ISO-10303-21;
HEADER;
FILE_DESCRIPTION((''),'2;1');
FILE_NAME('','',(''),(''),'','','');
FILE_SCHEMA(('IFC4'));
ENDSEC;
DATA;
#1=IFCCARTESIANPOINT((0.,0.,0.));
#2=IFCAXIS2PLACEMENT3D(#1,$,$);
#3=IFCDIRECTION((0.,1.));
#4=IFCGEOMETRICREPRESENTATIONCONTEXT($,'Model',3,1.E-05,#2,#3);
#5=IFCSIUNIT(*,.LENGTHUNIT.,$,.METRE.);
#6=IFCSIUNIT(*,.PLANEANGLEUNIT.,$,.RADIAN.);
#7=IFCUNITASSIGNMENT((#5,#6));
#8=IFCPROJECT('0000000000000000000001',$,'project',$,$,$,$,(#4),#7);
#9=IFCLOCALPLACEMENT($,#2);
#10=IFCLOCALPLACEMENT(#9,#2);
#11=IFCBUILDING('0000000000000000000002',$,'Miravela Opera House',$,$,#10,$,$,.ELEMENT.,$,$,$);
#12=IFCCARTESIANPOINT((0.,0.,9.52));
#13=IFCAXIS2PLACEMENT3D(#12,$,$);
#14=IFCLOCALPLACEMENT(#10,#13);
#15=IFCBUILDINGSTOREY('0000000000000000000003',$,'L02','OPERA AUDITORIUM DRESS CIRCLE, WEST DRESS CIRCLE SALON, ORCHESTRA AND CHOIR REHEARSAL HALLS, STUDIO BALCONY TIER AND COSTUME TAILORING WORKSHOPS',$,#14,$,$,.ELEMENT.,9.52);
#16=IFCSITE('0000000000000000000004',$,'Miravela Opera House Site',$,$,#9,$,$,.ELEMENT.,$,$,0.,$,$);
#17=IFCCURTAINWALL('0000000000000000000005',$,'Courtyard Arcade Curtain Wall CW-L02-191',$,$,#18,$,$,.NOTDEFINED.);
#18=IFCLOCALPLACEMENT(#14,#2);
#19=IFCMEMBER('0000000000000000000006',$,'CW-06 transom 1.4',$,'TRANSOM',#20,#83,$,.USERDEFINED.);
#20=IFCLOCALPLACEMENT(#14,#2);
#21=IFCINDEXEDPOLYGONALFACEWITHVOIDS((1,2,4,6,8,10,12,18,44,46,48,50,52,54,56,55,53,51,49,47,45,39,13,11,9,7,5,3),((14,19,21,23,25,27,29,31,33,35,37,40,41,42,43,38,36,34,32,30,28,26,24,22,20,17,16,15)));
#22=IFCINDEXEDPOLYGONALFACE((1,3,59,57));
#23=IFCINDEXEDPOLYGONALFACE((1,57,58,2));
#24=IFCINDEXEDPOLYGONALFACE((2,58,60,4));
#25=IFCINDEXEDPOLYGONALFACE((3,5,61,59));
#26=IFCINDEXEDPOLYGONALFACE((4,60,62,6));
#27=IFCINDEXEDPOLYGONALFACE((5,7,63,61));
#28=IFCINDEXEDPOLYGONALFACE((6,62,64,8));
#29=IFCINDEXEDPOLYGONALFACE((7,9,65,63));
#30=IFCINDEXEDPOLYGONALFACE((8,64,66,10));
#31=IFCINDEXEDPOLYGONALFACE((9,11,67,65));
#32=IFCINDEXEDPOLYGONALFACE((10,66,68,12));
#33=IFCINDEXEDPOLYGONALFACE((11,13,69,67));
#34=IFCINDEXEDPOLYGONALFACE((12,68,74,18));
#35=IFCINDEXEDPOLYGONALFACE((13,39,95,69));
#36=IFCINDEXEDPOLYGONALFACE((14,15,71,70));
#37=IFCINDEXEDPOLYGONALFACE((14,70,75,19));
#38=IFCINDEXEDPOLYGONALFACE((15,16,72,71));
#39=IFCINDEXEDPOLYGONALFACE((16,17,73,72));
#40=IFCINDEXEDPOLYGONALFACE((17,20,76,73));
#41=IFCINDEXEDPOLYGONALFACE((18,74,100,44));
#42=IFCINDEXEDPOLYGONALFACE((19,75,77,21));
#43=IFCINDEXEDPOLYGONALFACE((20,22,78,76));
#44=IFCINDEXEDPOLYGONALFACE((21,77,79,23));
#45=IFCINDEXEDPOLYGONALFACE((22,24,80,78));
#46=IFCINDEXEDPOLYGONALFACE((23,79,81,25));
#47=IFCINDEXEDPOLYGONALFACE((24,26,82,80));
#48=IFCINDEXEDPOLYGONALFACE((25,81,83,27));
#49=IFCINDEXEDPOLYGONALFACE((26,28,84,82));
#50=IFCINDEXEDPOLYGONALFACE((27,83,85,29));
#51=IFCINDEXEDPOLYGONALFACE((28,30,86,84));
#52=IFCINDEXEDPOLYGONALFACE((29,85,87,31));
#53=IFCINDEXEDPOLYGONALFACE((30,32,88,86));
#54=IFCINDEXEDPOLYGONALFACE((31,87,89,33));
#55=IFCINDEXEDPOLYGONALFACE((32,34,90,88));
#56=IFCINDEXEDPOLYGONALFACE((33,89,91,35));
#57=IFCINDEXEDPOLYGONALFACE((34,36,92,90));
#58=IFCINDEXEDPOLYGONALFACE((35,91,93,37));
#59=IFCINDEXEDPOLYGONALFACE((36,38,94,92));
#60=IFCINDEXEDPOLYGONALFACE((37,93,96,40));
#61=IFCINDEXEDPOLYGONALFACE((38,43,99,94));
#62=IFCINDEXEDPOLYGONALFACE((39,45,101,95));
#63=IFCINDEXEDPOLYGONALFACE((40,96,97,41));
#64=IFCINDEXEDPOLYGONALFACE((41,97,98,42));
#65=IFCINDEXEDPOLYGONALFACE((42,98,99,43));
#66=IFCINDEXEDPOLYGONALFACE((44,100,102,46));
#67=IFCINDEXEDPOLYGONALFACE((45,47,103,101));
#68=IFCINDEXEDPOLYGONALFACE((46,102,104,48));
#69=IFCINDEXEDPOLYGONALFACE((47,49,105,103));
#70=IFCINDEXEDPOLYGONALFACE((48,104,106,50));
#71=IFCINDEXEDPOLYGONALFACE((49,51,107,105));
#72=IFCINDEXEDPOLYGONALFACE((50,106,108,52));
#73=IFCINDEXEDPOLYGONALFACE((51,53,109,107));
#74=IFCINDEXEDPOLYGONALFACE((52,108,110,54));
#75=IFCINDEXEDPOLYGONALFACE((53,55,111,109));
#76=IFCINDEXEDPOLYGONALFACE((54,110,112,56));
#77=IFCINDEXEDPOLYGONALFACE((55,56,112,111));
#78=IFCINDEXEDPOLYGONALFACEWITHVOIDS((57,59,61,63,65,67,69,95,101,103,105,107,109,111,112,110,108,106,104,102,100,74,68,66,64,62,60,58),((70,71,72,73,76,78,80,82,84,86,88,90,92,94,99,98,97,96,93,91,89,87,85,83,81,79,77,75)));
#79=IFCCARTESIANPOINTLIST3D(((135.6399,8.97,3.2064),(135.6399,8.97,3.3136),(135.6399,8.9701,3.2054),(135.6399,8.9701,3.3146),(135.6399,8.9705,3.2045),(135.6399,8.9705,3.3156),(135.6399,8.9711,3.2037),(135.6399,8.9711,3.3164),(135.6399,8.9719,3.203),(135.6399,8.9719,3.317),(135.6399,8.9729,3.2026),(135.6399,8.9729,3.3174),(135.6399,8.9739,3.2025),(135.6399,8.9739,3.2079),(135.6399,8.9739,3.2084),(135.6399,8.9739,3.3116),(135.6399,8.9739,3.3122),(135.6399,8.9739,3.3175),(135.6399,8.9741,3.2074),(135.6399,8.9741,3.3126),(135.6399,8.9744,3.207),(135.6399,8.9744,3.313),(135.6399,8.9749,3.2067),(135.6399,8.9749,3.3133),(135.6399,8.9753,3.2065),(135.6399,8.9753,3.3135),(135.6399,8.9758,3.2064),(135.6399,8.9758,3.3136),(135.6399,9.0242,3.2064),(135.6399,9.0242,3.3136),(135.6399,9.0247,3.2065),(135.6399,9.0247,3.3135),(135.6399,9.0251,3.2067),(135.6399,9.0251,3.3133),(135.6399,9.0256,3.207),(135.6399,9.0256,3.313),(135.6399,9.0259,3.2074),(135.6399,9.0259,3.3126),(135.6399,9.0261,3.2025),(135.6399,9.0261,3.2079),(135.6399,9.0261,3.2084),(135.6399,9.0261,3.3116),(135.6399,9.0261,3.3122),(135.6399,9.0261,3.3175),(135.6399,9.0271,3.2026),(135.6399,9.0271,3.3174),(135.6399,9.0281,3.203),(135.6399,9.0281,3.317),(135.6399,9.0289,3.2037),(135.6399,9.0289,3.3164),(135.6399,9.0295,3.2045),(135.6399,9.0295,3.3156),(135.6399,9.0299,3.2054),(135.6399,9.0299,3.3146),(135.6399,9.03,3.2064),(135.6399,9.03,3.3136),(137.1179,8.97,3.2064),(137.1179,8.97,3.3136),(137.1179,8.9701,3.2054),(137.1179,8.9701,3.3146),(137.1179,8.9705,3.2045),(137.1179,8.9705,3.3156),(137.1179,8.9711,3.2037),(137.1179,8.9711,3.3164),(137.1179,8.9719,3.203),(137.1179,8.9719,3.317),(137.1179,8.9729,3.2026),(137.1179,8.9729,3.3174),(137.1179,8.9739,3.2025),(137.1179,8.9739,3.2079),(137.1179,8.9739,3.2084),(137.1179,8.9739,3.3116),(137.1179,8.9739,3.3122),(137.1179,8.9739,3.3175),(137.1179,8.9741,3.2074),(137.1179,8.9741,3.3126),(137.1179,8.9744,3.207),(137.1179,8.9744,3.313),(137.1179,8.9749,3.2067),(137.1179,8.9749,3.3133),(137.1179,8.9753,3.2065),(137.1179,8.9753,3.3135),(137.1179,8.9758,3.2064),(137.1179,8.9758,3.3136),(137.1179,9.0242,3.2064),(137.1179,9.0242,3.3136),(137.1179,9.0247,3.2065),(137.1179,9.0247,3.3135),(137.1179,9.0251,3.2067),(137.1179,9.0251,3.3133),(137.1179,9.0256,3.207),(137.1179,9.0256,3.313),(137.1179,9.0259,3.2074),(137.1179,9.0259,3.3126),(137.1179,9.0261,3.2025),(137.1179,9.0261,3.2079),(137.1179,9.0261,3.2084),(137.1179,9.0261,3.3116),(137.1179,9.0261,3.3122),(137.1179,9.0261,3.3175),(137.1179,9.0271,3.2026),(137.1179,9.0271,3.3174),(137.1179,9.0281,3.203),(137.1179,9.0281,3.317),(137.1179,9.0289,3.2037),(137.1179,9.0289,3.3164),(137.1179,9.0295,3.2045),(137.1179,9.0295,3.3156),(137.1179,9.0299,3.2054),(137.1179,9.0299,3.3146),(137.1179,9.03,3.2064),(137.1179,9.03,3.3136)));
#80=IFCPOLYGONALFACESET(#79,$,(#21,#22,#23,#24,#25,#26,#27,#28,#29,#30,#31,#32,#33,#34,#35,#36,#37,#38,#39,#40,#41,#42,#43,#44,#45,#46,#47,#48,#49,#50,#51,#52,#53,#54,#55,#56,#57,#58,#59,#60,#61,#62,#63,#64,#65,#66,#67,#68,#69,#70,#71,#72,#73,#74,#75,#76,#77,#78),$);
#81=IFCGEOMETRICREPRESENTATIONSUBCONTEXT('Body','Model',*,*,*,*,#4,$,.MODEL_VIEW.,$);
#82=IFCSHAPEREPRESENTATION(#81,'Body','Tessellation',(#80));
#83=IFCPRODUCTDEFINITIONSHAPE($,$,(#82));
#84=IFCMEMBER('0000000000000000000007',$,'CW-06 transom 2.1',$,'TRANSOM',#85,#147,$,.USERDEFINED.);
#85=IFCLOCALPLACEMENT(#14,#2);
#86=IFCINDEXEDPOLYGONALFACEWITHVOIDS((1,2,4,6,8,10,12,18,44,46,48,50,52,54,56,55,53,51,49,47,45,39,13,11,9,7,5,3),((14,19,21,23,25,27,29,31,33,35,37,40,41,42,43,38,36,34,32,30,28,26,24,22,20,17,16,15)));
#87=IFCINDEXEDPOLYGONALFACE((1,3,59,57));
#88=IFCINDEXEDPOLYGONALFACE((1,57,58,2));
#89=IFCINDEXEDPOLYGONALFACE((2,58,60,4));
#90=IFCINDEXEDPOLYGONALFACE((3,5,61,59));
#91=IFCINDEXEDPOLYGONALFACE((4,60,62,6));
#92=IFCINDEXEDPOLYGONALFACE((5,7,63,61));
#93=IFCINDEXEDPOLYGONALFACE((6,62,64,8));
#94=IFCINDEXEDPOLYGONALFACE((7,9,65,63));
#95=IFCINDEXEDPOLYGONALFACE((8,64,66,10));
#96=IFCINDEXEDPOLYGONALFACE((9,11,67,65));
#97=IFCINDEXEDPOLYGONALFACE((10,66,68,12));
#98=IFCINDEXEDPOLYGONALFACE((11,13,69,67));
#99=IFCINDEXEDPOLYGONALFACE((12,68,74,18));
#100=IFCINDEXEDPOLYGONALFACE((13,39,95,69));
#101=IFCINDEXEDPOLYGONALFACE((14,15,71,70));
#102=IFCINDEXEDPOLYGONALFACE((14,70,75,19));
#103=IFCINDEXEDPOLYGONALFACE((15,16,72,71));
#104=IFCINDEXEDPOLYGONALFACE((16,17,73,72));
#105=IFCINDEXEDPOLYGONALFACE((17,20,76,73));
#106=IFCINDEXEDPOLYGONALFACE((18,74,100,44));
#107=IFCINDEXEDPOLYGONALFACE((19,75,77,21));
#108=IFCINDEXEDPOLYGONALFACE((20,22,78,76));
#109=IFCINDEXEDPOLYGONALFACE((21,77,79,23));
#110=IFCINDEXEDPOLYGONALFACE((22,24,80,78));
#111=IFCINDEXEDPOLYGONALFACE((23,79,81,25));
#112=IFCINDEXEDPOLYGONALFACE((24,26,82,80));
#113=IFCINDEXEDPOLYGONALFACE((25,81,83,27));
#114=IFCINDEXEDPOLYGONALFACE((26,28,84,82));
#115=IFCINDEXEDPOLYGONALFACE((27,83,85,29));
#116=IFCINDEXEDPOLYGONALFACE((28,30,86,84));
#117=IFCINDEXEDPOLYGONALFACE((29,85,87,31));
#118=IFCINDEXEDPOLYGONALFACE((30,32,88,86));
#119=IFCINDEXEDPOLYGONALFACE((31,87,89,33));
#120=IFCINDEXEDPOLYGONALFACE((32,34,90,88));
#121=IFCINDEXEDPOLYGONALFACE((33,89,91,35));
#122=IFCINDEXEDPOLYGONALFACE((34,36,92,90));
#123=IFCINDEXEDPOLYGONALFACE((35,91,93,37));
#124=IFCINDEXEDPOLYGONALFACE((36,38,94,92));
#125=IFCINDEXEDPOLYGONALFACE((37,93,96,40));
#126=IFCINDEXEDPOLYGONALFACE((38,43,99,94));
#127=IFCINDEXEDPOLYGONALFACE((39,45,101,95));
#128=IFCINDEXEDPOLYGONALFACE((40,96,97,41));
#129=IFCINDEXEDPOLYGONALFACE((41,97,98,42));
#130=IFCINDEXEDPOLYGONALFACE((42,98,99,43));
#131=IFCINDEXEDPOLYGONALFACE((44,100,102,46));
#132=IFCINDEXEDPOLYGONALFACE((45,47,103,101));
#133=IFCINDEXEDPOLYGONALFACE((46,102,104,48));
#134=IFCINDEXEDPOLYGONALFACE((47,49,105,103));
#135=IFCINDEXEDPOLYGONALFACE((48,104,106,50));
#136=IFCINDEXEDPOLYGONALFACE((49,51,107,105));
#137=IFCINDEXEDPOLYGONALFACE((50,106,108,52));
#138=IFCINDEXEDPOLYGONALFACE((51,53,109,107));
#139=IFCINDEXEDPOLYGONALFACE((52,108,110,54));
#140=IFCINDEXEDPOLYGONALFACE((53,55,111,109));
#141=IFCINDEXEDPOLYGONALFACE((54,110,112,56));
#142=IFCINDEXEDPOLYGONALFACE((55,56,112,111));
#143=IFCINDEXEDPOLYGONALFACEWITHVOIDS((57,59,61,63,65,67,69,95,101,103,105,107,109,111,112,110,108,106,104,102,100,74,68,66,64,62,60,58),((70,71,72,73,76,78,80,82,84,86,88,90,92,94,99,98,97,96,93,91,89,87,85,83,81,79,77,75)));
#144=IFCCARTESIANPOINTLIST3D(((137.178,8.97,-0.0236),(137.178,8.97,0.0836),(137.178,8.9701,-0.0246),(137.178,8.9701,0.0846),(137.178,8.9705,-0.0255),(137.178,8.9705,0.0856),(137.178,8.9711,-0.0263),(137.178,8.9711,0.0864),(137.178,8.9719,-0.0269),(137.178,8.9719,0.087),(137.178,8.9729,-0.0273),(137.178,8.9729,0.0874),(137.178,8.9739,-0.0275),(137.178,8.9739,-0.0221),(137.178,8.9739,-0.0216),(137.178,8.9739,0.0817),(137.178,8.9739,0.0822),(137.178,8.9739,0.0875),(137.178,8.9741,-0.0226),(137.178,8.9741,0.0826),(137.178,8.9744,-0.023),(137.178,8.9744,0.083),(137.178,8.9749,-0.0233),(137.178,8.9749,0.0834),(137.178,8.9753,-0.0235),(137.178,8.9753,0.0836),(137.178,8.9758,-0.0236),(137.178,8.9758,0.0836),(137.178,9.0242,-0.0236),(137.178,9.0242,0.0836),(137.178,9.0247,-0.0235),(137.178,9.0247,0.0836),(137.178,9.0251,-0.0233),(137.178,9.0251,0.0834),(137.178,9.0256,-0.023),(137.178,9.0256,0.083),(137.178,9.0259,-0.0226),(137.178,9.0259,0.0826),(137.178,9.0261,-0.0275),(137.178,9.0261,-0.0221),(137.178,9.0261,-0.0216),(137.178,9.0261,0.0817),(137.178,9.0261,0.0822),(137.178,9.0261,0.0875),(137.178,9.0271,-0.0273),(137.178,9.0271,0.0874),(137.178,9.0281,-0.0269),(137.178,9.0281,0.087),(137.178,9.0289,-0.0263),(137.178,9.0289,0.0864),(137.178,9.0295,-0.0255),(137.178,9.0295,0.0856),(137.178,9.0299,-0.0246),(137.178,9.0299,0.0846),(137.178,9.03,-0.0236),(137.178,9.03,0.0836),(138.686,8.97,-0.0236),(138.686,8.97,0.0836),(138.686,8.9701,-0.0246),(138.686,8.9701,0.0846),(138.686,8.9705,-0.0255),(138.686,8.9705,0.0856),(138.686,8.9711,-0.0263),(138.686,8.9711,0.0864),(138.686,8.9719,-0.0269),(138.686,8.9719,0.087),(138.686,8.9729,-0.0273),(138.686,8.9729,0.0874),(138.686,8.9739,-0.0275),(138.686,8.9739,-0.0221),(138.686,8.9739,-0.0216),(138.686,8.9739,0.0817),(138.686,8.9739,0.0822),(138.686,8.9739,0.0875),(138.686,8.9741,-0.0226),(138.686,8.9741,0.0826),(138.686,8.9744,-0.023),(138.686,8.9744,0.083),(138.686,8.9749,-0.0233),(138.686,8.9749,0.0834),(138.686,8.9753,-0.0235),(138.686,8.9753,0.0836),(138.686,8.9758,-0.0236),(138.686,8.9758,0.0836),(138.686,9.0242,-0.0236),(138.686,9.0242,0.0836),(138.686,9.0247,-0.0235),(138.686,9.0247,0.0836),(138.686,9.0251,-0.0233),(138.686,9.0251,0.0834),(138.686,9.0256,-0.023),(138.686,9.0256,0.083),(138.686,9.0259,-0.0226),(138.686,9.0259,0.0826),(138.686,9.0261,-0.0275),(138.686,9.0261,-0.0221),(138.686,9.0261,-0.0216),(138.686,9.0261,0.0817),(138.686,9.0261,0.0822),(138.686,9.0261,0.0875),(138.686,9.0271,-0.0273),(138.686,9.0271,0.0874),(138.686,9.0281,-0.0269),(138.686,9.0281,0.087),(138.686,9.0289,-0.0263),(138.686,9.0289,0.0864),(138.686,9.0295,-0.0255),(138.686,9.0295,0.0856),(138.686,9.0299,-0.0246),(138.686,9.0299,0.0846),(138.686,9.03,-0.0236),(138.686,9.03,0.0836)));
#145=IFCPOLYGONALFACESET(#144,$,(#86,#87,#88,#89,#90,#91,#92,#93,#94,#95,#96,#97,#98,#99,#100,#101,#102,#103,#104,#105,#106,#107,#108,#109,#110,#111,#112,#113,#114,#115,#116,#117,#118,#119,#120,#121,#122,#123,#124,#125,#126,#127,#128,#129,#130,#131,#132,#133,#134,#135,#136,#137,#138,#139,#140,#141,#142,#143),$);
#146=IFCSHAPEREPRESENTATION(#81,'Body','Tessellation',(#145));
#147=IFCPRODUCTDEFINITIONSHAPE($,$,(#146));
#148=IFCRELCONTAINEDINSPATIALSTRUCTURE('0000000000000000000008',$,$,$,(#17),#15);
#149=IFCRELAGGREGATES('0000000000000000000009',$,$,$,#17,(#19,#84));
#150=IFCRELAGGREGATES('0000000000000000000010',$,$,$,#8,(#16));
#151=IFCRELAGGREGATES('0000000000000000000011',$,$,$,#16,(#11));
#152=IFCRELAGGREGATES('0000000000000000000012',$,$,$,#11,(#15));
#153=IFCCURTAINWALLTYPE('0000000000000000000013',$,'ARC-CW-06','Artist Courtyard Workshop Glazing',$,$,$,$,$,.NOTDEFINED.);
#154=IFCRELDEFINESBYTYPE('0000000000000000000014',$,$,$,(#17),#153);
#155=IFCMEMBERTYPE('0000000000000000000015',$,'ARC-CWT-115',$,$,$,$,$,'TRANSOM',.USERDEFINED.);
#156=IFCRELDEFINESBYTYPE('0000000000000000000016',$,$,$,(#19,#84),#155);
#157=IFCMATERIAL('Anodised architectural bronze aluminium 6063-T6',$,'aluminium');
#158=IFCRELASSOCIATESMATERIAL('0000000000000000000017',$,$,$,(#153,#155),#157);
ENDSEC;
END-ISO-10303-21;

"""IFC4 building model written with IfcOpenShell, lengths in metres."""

from ifc_helpers import new_model, si_unit, direction, frame, origin, origin_2d, place, context, subcontext, project, spatial, hollow_rectangle, extrude, material, material_profile, profile_set, type_object, element, aggregate, save


model = new_model("IFC4")

# Units and contexts
model_context = context("Model", 3, precision=1e-05, world=origin(), true_north=direction((0.0, 1.0)))
body_context = subcontext(model_context, "Body", "Model", "MODEL_VIEW")
ifc_project = project(units=[si_unit("LENGTHUNIT", "METRE"), si_unit("PLANEANGLEUNIT", "RADIAN")], contexts=[model_context])

# Site, building, storey
site_placement = place(None, origin())
site = spatial("IfcSite", under=ifc_project, at=site_placement, Name="Miravela Opera House Site", CompositionType="ELEMENT", RefElevation=0.0)
building_placement = place(site_placement, origin())
building = spatial("IfcBuilding", under=site, at=building_placement, Name="Miravela Opera House", CompositionType="ELEMENT")
storey_placement = place(building_placement, frame((0.0, 0.0, 9.52)))
storey = spatial("IfcBuildingStorey", under=building, at=storey_placement, Name="L02", Description="OPERA AUDITORIUM DRESS CIRCLE, WEST DRESS CIRCLE SALON, ORCHESTRA AND CHOIR REHEARSAL HALLS, STUDIO BALCONY TIER AND COSTUME TAILORING WORKSHOPS", CompositionType="ELEMENT", Elevation=9.52)

# Curtain wall, members
ifc_material_1 = material(Name="Anodised architectural bronze aluminium 6063-T6", Category="aluminium")
curtain_wall_type = type_object("IfcCurtainWallType", Name="ARC-CW-06", Description="Artist Courtyard Workshop Glazing", PredefinedType="NOTDEFINED", material=ifc_material_1)
curtain_wall_placement = place(storey_placement, origin())
curtain_wall = element("IfcCurtainWall", 1, at=curtain_wall_placement, inside=storey, type_object=curtain_wall_type, Name="Courtyard Arcade Curtain Wall CW-L02-191", PredefinedType="NOTDEFINED")
ifc_material_profile_1 = material_profile(ifc_material_1, hollow_rectangle(XDim=0.0601, YDim=0.115, WallThickness=0.0039, InnerFilletRadius=0.002, OuterFilletRadius=0.0039, at=origin_2d()), Name="CWT-60X115")
ifc_profile_set_1 = profile_set([ifc_material_profile_1])
member_type_1 = type_object("IfcMemberType", Name="ARC-CWT-115", ElementType="TRANSOM", PredefinedType="USERDEFINED", material=ifc_profile_set_1)
member_1_placement = place(storey_placement, frame((135.6399, 9.0, 3.26), z_axis=(1.0, 0.0, 0.0), x_axis=(0.0, 1.0, 0.0)))
member_1 = element("IfcMember", 2, at=member_1_placement, type_object=member_type_1, Name="CW-06 transom 1.4", ObjectType="TRANSOM", PredefinedType="USERDEFINED", context=body_context, shape_type="SweptSolid", body=[
    extrude(hollow_rectangle(XDim=0.0601, YDim=0.115, WallThickness=0.0039, InnerFilletRadius=0.002, OuterFilletRadius=0.0039, at=origin_2d()), origin(), (0.0, 0.0, 1.0), 1.478),
])
member_2_placement = place(storey_placement, frame((137.178, 9.0, 0.03), z_axis=(1.0, 0.0, 0.0), x_axis=(0.0, 1.0, 0.0)))
member_2 = element("IfcMember", 3, at=member_2_placement, type_object=member_type_1, Name="CW-06 transom 2.1", ObjectType="TRANSOM", PredefinedType="USERDEFINED", context=body_context, shape_type="SweptSolid", body=[
    extrude(hollow_rectangle(XDim=0.0601, YDim=0.115, WallThickness=0.0039, InnerFilletRadius=0.002, OuterFilletRadius=0.0039, at=origin_2d()), origin(), (0.0, 0.0, 1.0), 1.5081),
])
aggregate(curtain_wall, [member_1, member_2])

save(model, "model.ifc")
